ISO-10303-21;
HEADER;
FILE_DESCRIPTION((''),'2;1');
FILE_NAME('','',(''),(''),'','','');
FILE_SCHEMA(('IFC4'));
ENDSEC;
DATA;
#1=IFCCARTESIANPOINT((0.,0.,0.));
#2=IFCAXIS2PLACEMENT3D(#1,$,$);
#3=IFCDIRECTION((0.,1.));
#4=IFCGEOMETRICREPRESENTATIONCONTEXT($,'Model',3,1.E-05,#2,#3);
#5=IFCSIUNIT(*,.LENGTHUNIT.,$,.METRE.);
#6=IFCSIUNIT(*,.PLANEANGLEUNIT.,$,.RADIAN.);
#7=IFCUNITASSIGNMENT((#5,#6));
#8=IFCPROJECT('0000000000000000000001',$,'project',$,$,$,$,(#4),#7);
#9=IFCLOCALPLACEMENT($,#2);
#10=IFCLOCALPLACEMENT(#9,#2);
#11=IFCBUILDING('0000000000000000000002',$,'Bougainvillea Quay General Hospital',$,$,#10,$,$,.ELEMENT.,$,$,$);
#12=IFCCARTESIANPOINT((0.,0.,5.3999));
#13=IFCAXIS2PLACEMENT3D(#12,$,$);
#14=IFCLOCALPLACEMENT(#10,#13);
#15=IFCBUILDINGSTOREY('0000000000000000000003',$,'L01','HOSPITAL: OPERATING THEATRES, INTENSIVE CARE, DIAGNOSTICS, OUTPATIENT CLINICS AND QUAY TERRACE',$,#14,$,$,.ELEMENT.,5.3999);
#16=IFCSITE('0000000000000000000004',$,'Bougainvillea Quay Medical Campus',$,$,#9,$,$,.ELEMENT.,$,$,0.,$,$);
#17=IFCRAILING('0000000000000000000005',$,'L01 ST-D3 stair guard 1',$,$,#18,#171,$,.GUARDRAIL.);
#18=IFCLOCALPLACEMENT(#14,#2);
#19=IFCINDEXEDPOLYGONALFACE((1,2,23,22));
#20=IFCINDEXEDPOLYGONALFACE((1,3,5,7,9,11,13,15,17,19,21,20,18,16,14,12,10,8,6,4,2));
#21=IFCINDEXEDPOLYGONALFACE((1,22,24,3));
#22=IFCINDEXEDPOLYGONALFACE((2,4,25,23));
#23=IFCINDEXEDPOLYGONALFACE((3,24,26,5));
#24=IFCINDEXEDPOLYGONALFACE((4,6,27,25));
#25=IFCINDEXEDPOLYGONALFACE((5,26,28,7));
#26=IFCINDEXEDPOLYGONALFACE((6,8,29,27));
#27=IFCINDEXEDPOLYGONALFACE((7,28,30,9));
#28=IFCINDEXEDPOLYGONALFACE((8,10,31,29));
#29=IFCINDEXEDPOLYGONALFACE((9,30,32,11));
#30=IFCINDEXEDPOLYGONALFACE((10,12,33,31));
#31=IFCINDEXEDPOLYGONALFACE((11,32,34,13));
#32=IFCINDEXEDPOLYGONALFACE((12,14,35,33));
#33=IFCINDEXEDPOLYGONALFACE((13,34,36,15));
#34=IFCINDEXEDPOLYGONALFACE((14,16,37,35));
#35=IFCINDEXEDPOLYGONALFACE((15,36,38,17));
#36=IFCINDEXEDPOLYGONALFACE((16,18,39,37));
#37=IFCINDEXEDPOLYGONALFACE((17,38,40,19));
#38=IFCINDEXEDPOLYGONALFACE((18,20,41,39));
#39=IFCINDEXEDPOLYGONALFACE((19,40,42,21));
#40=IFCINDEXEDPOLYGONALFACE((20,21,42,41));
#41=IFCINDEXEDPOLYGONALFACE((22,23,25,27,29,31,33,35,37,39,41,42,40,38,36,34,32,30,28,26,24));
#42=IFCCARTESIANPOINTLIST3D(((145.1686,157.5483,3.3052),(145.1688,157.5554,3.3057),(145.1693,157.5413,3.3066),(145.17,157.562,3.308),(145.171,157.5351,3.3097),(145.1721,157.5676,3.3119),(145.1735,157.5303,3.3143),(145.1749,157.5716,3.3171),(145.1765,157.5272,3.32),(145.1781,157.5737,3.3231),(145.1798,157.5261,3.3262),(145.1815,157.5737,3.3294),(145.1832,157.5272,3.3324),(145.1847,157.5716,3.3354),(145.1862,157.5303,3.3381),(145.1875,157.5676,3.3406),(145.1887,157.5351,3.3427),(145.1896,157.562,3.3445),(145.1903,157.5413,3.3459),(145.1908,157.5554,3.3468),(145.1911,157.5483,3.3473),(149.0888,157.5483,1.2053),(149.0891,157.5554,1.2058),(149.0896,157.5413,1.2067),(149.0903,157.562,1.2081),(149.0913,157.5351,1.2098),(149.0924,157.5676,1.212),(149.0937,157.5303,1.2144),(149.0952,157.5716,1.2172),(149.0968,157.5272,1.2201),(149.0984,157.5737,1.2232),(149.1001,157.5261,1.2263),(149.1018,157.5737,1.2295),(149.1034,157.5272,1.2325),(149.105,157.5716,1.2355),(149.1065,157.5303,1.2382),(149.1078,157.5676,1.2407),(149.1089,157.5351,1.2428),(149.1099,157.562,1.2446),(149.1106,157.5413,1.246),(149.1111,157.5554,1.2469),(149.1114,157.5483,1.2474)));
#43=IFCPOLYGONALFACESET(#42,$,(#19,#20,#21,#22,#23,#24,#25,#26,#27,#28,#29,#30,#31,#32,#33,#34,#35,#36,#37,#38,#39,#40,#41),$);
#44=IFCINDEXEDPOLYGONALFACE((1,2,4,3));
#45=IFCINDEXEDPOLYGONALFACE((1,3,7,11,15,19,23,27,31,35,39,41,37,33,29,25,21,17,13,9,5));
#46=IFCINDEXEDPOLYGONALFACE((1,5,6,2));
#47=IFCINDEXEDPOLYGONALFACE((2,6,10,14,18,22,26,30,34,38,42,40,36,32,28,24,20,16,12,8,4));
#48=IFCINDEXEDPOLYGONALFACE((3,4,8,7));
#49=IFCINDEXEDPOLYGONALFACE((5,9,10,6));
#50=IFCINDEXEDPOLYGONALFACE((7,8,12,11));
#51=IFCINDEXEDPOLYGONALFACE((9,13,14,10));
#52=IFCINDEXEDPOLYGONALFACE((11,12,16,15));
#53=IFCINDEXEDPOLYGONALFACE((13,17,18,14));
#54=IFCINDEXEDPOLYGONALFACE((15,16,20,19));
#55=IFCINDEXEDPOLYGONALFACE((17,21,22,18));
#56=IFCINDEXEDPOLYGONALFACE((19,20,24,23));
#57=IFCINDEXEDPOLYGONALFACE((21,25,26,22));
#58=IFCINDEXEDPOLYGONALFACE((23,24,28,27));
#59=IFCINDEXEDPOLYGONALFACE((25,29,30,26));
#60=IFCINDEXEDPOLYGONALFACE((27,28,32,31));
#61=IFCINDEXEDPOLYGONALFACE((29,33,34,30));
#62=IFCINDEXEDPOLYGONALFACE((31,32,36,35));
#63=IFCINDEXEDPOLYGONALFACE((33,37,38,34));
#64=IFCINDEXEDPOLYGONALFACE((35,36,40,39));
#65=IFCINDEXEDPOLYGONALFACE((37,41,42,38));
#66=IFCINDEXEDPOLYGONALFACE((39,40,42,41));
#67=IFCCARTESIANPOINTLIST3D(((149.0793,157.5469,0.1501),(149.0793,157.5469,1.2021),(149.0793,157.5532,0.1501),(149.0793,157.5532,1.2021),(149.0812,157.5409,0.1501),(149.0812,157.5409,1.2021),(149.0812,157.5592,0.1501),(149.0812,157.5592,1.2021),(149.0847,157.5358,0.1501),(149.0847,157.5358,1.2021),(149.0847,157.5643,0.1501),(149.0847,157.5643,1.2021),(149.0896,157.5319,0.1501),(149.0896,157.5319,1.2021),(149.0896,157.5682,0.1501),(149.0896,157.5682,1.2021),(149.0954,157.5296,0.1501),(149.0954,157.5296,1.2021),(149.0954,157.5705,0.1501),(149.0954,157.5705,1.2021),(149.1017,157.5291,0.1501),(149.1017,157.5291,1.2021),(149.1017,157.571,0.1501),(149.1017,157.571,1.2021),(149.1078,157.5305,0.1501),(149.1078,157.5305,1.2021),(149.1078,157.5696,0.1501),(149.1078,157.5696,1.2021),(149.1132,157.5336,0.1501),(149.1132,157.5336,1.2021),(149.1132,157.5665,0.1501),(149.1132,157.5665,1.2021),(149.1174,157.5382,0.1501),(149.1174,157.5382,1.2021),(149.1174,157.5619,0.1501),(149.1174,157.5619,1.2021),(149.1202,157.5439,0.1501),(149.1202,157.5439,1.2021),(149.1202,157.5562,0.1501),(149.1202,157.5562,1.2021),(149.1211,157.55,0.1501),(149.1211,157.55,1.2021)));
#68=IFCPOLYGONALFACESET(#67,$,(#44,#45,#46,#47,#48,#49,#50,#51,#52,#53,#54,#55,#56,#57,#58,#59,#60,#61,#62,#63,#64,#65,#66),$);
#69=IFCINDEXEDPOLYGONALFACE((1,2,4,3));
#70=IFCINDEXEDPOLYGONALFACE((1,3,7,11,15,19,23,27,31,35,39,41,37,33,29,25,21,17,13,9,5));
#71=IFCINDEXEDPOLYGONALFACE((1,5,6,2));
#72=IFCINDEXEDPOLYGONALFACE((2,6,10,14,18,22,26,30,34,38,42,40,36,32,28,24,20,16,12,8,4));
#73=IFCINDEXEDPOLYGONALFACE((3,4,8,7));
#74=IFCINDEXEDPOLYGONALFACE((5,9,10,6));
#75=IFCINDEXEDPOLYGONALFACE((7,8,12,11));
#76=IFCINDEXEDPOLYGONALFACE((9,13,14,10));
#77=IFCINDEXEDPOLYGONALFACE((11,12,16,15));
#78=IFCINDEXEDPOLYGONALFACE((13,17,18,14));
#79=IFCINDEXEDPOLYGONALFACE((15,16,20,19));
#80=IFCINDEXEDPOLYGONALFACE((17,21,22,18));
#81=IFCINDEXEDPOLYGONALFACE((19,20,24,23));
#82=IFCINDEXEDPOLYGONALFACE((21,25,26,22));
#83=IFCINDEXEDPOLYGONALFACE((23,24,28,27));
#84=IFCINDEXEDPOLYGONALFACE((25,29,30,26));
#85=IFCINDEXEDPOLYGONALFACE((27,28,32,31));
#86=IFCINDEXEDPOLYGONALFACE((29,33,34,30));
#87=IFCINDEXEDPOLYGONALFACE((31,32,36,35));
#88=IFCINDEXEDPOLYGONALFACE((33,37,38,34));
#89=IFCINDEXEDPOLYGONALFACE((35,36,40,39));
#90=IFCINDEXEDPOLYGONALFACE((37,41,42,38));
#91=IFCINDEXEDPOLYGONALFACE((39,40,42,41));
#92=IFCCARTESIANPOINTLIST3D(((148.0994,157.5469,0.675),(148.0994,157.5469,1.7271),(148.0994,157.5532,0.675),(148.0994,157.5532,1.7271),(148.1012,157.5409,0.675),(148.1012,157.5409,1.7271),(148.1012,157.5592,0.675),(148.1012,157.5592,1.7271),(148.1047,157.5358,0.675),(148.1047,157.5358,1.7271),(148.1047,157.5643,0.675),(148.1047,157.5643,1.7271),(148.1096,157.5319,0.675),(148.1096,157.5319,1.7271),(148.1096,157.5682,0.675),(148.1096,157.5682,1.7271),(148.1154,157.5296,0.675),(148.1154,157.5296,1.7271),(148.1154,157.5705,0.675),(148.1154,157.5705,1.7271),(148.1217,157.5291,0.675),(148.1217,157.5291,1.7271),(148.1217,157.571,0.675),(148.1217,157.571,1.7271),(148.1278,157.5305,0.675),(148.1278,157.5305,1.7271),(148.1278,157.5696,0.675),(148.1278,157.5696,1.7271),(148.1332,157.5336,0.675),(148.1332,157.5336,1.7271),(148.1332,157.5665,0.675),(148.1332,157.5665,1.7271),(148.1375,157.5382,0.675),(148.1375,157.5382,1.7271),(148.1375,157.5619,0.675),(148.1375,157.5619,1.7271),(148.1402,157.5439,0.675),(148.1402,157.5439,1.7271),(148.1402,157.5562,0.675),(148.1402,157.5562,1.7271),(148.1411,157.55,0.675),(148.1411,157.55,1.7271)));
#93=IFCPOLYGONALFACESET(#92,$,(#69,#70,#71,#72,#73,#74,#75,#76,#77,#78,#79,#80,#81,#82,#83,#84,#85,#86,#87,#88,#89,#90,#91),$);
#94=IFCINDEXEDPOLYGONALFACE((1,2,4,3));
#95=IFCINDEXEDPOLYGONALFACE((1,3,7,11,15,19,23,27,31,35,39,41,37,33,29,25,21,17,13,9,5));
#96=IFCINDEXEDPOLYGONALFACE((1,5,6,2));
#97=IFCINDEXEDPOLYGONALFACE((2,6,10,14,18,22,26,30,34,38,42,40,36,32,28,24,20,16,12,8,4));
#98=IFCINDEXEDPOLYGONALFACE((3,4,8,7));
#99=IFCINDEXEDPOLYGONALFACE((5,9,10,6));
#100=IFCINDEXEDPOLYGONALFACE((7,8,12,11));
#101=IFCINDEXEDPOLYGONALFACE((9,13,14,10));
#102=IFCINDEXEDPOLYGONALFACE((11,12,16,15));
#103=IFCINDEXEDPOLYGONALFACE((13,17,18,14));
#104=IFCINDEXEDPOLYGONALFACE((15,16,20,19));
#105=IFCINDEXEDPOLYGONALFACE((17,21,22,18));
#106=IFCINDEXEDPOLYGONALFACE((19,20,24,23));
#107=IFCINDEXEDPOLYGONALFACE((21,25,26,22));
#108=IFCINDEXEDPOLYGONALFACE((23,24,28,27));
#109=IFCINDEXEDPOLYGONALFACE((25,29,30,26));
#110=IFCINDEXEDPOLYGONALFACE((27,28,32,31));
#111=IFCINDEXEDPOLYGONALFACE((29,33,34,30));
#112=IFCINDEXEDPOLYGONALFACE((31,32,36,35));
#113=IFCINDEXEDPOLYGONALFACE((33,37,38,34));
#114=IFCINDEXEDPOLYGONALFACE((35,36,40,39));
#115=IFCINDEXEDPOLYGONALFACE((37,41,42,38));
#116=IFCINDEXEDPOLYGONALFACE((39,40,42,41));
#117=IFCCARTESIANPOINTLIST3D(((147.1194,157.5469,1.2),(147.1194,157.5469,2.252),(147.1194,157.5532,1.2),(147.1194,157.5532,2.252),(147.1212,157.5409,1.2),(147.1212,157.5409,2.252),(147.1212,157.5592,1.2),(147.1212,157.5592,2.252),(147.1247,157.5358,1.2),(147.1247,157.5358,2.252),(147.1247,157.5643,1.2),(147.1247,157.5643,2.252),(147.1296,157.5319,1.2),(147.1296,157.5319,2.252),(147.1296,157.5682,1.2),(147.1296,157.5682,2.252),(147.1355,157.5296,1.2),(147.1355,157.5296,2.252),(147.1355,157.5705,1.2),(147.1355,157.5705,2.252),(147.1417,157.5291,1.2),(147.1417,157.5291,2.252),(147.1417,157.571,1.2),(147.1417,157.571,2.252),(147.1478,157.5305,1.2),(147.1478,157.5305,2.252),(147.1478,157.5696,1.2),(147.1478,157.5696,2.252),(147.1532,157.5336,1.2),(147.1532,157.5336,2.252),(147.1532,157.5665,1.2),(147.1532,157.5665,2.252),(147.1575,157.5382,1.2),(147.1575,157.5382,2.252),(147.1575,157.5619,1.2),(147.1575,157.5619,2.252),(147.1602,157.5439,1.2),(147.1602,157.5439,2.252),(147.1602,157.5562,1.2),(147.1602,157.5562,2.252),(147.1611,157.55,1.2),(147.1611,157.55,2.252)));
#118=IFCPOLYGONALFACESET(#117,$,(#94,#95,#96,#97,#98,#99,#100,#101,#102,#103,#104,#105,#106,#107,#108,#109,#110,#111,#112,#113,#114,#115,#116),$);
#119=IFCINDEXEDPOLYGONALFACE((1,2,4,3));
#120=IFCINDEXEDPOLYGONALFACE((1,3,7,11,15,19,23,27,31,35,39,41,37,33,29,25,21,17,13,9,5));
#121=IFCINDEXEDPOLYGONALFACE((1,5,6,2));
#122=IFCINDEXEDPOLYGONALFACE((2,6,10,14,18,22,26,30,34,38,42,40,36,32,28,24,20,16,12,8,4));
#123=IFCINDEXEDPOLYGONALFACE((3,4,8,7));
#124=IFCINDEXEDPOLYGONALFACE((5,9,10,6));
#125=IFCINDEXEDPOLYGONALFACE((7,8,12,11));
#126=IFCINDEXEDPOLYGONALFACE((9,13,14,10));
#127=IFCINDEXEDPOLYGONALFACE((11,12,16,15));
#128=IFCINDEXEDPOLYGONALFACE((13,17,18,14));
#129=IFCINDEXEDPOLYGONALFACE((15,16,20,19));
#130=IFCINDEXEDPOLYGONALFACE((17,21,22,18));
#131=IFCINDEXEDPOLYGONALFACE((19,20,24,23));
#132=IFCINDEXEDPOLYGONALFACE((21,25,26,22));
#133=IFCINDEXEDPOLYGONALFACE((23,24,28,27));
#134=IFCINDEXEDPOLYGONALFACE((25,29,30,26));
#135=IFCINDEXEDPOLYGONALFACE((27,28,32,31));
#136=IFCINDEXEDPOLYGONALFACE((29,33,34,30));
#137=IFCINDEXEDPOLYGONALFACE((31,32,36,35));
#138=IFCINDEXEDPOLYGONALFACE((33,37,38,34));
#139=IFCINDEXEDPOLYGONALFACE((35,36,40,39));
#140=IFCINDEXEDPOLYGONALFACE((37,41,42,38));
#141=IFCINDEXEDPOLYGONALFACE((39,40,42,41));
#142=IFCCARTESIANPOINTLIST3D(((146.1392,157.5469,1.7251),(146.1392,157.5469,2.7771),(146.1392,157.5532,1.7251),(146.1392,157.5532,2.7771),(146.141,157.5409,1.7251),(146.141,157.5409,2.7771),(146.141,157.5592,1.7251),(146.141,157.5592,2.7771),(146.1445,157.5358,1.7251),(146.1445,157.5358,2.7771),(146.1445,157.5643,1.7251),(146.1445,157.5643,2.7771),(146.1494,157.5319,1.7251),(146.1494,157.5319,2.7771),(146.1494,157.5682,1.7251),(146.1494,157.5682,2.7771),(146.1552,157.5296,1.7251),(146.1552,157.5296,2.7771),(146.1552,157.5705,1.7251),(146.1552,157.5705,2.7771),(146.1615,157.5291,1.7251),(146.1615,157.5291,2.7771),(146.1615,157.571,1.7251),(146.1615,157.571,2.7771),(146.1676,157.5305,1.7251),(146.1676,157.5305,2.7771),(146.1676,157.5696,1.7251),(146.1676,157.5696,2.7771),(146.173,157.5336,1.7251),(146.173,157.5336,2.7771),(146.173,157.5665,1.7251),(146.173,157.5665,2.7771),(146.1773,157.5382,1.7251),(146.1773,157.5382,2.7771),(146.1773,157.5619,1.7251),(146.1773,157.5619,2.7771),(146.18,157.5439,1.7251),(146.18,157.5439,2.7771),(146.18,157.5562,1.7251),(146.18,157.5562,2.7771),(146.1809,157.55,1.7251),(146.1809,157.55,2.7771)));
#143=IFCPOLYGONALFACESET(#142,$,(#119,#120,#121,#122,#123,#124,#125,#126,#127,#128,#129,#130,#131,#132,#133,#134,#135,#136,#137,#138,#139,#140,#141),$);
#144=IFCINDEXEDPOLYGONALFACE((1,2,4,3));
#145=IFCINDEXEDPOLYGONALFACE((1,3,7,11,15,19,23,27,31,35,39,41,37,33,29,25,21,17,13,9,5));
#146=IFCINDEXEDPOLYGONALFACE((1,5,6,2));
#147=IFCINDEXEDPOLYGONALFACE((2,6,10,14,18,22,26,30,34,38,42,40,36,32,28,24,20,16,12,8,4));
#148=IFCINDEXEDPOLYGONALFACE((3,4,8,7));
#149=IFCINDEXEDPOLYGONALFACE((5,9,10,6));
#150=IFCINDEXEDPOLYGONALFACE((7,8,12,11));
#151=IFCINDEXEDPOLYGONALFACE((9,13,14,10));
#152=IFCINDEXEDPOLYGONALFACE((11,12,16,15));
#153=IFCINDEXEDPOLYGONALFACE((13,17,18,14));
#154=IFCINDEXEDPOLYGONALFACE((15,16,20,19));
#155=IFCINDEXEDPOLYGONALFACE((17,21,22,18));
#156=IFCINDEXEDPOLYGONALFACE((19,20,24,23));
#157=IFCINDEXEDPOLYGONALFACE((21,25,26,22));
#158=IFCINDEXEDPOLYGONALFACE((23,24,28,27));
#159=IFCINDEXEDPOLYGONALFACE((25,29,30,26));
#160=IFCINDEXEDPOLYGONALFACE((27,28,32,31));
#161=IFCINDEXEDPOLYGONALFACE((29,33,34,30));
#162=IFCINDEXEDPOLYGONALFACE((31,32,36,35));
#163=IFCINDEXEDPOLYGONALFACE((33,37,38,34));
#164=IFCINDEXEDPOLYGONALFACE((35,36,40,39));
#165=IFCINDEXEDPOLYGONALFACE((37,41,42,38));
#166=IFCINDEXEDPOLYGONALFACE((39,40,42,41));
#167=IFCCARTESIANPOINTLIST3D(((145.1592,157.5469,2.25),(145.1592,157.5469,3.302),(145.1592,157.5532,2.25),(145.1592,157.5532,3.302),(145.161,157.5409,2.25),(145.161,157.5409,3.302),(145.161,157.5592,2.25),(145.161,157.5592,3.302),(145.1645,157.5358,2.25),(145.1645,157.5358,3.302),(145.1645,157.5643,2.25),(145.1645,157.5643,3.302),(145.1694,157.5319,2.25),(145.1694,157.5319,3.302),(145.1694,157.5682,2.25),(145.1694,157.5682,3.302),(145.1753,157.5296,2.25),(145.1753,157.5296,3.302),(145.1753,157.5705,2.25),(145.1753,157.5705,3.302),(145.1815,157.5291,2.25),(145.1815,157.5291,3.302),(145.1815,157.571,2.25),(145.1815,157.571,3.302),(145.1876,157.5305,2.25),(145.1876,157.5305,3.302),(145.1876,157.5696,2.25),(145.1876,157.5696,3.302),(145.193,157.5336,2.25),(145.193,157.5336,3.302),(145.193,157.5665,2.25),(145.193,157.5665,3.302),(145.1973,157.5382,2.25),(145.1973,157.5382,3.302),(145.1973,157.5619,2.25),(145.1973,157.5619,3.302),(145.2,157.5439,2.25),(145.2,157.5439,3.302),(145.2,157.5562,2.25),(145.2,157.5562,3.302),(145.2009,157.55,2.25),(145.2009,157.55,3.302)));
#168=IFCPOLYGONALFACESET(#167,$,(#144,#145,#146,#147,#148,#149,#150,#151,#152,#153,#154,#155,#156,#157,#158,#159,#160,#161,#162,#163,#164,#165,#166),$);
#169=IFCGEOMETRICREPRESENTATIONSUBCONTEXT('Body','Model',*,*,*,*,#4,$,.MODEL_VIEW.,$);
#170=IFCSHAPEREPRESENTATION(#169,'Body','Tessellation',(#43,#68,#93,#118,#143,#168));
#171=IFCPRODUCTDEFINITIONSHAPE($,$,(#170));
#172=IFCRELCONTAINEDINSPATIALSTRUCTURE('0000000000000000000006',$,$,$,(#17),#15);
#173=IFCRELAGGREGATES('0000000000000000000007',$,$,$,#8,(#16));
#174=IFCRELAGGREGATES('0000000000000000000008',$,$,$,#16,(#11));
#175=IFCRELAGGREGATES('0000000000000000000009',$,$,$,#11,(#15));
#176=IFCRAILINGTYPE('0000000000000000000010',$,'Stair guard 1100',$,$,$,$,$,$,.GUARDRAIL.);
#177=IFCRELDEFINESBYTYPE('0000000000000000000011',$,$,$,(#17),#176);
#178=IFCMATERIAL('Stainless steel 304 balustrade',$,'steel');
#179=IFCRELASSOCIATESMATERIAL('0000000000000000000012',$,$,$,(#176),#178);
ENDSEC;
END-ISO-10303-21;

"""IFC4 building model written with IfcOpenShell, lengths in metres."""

from ifc_helpers import new_model, si_unit, direction, frame, origin, origin_2d, place, context, subcontext, project, spatial, circle, extrude, material, type_object, element, save


model = new_model("IFC4")

# Units and contexts
model_context = context("Model", 3, precision=1e-05, world=origin(), true_north=direction((0.0, 1.0)))
body_context = subcontext(model_context, "Body", "Model", "MODEL_VIEW")
ifc_project = project(units=[si_unit("LENGTHUNIT", "METRE"), si_unit("PLANEANGLEUNIT", "RADIAN")], contexts=[model_context])

# Site, building, storey
site_placement = place(None, origin())
site = spatial("IfcSite", under=ifc_project, at=site_placement, Name="Bougainvillea Quay Medical Campus", CompositionType="ELEMENT", RefElevation=0.0)
building_placement = place(site_placement, origin())
building = spatial("IfcBuilding", under=site, at=building_placement, Name="Bougainvillea Quay General Hospital", CompositionType="ELEMENT")
storey_placement = place(building_placement, frame((0.0, 0.0, 5.3999)))
storey = spatial("IfcBuildingStorey", under=building, at=storey_placement, Name="L01", Description="HOSPITAL: OPERATING THEATRES, INTENSIVE CARE, DIAGNOSTICS, OUTPATIENT CLINICS AND QUAY TERRACE", CompositionType="ELEMENT", Elevation=5.3999)

# Railing
ifc_material_1 = material(Name="Stainless steel 304 balustrade", Category="steel")
railing_type_1 = type_object("IfcRailingType", Name="Stair guard 1100", PredefinedType="GUARDRAIL", material=ifc_material_1)
railing_1_placement = place(storey_placement, frame((149.1001, 157.55, 0.1501)))
element("IfcRailing", 1, at=railing_1_placement, inside=storey, type_object=railing_type_1, Name="L01 ST-D3 stair guard 1", PredefinedType="GUARDRAIL", context=body_context, shape_type="SweptSolid", body=[
    extrude(circle(Radius=0.0239, at=origin_2d()), frame((0.0, 0.0, 1.0762), z_axis=(-0.881502, 0.0, 0.47218), x_axis=(0.0, -1.0, 0.0)), (0.0, 0.0, 1.0), 4.4473),
    extrude(circle(Radius=0.021, at=origin_2d()), origin(), (0.0, 0.0, 1.0), 1.052),
    extrude(circle(Radius=0.021, at=origin_2d()), frame((-0.98, 0.0, 0.5249)), (0.0, 0.0, 1.0), 1.052),
    extrude(circle(Radius=0.021, at=origin_2d()), frame((-1.96, 0.0, 1.0498)), (0.0, 0.0, 1.0), 1.052),
    extrude(circle(Radius=0.021, at=origin_2d()), frame((-2.9402, 0.0, 1.575)), (0.0, 0.0, 1.0), 1.052),
    extrude(circle(Radius=0.021, at=origin_2d()), frame((-3.9202, 0.0, 2.0999)), (0.0, 0.0, 1.0), 1.052),
])

save(model, "model.ifc")
